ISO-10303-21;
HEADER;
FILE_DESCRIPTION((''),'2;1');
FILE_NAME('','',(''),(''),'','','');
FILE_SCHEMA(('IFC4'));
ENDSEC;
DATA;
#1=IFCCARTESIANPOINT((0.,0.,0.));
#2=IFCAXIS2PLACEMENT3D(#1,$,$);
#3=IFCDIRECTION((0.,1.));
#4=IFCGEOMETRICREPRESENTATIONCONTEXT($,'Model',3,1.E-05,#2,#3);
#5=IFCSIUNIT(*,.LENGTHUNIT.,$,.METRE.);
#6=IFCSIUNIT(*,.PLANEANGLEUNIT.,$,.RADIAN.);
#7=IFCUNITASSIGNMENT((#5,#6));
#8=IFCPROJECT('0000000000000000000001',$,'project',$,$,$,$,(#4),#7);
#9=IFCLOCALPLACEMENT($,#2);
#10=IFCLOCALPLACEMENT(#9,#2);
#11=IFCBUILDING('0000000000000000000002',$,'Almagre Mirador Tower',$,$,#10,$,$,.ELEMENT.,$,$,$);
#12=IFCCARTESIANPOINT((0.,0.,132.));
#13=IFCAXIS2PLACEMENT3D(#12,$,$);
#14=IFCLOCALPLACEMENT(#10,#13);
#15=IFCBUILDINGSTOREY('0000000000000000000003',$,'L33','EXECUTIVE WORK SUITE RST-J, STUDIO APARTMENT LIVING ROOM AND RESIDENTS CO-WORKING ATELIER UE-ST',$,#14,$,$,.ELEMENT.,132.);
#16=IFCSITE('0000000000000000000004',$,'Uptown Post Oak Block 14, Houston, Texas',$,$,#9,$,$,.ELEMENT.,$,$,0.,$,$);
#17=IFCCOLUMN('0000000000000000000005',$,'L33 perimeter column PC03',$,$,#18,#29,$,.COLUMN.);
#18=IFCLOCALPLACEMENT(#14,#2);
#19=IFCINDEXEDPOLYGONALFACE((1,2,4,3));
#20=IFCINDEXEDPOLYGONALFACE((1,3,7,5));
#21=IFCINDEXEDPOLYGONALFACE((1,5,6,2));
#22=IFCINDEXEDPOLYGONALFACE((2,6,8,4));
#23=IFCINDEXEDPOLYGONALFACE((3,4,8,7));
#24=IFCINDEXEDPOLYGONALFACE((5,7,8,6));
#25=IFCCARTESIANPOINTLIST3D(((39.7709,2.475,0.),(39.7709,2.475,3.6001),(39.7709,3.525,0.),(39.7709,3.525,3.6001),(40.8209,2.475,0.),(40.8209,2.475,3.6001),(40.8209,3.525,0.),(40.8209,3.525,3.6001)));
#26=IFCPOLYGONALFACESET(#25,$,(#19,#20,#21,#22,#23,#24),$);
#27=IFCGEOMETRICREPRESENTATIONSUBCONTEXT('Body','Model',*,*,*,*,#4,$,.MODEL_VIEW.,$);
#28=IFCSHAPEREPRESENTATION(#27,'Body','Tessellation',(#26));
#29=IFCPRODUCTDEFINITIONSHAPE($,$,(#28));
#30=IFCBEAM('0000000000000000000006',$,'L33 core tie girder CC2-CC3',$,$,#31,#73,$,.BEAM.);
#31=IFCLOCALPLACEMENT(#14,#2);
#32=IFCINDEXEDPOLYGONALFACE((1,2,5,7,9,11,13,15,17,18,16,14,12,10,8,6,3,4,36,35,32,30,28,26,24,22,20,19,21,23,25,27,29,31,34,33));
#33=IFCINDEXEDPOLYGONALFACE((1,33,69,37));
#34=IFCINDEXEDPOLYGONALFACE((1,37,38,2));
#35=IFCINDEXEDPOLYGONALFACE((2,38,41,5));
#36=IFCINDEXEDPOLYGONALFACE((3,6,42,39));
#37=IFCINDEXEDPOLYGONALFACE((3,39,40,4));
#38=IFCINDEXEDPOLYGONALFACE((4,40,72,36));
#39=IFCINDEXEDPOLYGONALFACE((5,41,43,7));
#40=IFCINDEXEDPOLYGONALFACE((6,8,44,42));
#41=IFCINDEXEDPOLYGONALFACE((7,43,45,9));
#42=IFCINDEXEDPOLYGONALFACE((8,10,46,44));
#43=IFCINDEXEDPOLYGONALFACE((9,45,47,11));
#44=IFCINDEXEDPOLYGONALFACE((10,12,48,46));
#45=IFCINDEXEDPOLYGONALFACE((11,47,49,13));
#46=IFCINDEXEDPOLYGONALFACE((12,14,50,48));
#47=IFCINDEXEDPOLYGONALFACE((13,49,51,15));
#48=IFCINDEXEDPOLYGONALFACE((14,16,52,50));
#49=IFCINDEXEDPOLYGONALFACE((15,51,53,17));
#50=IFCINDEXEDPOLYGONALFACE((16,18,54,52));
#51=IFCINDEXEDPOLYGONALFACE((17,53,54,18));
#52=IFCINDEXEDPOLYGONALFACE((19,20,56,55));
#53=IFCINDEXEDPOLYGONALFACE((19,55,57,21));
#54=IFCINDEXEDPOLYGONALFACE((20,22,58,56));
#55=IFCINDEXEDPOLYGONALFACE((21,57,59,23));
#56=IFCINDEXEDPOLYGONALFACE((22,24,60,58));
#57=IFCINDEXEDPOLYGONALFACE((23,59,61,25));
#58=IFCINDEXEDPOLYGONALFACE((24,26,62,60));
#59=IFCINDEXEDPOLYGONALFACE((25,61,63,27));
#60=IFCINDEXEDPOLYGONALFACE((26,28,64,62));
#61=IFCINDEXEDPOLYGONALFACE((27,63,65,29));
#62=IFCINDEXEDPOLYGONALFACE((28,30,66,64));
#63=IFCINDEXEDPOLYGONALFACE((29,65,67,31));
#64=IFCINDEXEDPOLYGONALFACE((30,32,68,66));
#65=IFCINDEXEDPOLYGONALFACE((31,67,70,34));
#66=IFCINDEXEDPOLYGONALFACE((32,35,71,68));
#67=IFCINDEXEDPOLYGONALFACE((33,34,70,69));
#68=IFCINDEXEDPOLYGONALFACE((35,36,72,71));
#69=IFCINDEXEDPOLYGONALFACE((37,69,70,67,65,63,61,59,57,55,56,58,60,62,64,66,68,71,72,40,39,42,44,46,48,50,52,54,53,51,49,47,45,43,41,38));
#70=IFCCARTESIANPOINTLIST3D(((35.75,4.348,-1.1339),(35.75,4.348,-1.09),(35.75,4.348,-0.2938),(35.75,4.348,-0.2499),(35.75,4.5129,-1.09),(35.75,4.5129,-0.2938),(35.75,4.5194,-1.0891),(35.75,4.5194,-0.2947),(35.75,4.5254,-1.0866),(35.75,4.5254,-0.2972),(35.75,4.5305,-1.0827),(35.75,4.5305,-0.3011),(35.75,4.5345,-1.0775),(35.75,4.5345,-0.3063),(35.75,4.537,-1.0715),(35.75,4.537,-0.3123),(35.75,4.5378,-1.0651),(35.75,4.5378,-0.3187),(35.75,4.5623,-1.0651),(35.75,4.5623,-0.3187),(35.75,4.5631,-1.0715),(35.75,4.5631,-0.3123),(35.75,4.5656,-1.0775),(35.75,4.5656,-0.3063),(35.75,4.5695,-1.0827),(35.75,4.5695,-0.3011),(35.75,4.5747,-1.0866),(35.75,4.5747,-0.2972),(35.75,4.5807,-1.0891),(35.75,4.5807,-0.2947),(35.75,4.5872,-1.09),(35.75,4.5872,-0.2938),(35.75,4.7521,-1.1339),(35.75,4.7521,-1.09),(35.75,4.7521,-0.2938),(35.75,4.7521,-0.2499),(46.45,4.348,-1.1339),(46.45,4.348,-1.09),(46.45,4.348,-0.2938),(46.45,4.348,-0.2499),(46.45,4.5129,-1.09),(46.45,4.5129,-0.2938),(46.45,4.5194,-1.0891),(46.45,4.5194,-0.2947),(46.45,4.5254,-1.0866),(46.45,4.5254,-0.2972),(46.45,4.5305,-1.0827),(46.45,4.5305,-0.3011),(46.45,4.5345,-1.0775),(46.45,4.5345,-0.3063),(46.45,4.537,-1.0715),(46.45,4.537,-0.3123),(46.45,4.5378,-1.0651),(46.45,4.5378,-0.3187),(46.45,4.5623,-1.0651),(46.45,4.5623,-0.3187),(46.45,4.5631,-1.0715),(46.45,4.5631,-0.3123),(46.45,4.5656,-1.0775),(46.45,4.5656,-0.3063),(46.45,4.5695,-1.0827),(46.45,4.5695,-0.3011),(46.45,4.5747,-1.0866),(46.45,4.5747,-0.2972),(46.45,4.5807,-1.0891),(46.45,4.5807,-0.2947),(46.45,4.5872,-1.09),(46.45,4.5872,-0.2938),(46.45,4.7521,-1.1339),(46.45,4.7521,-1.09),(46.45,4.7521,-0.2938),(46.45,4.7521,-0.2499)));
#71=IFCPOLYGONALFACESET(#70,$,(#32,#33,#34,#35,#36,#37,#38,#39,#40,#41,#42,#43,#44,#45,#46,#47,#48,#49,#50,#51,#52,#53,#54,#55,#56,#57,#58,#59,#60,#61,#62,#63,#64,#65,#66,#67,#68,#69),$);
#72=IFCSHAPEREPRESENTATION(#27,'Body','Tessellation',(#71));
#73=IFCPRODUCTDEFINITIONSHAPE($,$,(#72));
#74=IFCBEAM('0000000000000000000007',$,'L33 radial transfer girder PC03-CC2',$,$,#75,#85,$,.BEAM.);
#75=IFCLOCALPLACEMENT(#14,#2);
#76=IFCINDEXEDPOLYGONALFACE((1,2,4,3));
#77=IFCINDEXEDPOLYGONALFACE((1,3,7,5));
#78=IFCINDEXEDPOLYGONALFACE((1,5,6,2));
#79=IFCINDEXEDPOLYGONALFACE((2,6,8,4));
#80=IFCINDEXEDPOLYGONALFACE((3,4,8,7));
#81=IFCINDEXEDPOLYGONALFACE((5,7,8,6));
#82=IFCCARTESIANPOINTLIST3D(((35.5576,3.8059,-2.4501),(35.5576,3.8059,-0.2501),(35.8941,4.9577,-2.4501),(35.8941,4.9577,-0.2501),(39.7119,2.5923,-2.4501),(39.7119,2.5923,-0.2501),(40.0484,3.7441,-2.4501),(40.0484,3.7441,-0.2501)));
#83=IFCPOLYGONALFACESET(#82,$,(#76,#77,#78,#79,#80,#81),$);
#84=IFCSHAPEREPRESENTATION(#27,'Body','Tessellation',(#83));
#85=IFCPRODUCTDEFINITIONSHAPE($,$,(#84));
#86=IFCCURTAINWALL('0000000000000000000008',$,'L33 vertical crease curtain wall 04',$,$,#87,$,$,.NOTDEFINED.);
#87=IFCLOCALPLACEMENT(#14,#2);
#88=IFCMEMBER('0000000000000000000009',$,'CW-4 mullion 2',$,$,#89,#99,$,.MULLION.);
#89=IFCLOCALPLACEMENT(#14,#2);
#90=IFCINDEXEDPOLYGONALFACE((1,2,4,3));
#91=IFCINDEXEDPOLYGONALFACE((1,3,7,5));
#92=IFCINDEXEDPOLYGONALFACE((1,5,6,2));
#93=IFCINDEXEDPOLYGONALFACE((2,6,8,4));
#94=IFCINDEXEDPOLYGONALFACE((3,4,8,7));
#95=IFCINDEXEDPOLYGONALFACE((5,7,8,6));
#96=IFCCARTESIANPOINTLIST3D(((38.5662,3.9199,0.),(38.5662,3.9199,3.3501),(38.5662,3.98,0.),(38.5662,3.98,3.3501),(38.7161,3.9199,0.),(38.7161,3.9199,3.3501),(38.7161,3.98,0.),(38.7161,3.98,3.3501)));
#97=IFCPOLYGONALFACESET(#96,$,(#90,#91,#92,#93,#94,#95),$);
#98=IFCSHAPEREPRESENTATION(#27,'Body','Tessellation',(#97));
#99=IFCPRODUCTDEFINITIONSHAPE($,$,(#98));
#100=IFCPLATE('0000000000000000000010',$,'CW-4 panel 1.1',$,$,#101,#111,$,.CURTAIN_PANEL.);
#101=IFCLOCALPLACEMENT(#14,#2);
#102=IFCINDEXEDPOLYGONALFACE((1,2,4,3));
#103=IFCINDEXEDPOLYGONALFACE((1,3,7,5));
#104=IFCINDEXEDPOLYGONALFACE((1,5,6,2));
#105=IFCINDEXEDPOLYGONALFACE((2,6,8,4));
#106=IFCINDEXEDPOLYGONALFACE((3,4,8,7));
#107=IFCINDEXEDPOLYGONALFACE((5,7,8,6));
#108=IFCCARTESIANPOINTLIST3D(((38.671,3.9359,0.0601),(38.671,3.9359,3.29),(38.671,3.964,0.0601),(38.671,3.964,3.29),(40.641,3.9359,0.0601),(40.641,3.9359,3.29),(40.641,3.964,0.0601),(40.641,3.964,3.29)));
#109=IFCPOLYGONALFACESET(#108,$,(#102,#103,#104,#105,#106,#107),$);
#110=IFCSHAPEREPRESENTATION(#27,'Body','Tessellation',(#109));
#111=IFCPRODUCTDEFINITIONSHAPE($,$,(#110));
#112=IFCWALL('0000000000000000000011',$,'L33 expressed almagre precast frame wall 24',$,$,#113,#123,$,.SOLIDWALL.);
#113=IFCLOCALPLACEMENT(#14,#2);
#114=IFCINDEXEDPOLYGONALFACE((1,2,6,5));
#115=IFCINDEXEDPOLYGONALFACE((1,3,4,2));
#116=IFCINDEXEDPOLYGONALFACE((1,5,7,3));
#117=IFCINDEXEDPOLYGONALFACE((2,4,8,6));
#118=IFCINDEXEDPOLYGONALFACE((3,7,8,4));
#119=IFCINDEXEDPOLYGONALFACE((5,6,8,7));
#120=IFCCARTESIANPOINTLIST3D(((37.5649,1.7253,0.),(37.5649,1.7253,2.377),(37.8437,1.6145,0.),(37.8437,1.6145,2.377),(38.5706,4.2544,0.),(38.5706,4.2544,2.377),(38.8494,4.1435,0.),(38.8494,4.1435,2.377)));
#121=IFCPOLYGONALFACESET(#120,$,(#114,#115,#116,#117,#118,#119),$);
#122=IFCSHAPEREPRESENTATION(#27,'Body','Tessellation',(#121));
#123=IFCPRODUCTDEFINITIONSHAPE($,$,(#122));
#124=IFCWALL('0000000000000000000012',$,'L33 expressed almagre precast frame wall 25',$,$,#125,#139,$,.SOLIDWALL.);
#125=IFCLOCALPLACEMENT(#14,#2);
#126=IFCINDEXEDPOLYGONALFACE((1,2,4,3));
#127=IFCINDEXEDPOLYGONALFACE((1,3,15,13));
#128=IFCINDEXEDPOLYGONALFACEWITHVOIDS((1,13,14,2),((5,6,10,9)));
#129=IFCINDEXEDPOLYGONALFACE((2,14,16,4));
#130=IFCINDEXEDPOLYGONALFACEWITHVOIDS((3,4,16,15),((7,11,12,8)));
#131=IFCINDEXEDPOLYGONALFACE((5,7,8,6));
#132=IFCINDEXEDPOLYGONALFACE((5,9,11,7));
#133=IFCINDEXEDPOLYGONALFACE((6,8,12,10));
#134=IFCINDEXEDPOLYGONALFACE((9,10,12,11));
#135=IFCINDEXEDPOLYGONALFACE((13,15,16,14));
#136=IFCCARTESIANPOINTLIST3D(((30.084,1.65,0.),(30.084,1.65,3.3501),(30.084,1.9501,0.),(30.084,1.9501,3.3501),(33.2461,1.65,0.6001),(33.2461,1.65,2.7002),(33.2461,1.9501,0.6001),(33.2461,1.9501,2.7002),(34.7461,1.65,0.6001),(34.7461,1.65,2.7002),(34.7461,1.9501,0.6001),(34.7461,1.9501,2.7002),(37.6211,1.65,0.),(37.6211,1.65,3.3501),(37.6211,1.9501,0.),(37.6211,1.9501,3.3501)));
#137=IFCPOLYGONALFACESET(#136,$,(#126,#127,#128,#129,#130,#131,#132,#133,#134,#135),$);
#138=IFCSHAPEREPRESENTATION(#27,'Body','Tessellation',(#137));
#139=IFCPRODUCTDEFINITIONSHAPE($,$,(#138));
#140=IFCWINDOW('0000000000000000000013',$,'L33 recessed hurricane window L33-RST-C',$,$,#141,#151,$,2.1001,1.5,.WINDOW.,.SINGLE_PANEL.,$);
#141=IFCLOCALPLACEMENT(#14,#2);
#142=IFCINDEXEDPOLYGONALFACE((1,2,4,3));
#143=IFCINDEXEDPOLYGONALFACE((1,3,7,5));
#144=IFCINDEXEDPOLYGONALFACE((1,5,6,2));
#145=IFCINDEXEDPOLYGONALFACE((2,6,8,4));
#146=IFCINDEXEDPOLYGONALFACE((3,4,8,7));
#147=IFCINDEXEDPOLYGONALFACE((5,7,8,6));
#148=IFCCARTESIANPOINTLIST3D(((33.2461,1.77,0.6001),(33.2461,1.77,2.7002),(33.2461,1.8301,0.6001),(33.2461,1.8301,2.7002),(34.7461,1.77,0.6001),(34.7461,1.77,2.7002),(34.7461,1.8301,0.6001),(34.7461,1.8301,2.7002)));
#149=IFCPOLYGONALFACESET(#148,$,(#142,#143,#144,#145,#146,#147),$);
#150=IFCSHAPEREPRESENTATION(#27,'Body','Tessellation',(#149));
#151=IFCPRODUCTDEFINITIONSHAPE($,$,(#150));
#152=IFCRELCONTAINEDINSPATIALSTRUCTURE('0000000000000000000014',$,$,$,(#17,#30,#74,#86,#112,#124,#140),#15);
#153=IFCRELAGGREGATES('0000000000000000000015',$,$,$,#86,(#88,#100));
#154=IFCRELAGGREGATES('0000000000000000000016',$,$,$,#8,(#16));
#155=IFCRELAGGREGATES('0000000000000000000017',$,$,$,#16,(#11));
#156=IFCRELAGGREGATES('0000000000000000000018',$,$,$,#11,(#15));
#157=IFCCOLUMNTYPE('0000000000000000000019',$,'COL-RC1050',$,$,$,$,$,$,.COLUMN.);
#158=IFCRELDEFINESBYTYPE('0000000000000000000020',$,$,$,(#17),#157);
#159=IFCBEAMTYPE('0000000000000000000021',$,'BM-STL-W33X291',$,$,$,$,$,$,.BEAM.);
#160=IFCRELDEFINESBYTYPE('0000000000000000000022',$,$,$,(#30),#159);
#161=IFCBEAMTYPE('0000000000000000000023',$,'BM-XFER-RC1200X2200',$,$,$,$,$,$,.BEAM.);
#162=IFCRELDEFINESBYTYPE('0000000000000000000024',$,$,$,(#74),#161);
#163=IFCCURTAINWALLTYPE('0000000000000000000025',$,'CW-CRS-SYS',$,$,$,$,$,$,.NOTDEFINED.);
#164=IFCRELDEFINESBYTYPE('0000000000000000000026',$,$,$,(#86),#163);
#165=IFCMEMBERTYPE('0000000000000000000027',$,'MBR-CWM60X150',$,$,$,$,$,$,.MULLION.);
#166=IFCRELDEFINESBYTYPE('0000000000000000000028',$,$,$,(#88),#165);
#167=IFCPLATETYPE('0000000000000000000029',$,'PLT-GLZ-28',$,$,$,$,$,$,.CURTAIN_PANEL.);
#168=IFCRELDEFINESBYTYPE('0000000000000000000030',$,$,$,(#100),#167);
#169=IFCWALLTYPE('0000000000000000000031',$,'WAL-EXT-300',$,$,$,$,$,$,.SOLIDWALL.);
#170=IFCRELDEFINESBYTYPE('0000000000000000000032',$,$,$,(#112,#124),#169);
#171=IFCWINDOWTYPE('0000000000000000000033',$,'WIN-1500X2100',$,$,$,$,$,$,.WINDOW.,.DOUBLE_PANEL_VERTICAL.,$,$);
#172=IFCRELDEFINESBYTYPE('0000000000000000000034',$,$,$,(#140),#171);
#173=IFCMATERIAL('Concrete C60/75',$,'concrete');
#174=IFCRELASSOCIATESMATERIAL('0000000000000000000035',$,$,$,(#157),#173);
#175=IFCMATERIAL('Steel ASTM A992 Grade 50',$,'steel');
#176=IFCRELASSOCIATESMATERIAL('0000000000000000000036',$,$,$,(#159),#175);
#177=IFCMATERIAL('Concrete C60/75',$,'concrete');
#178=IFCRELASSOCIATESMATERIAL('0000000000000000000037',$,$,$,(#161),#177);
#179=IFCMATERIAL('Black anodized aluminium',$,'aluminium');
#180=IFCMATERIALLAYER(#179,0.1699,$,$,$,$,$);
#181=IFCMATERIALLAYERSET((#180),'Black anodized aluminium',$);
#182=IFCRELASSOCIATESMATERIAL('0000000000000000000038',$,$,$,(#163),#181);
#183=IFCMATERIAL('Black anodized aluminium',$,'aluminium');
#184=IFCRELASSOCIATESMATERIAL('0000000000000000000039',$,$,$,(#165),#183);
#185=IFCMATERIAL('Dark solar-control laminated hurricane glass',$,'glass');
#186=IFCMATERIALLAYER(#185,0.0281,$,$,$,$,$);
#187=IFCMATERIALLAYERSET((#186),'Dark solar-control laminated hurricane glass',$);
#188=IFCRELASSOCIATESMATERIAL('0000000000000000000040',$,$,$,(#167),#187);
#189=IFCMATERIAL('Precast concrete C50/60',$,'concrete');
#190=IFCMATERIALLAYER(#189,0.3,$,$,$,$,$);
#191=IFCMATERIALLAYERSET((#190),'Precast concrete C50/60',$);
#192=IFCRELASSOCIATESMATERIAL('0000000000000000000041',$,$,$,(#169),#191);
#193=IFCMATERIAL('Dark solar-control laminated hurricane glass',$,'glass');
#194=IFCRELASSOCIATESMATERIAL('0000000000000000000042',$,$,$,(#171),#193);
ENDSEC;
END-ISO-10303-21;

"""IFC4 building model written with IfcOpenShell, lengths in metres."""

from ifc_helpers import new_model, si_unit, direction, frame, frame_2d, origin, origin_2d, place, context, subcontext, project, spatial, rectangle, i_section, extrude, material, layer, layer_set, material_profile, profile_set, type_object, element, fill, aggregate, save


model = new_model("IFC4")

# Units and contexts
model_context = context("Model", 3, precision=1e-05, world=origin(), true_north=direction((0.0, 1.0)))
body_context = subcontext(model_context, "Body", "Model", "MODEL_VIEW")
ifc_project = project(units=[si_unit("LENGTHUNIT", "METRE"), si_unit("PLANEANGLEUNIT", "RADIAN")], contexts=[model_context])

# Site, building, storey
site_placement = place(None, origin())
site = spatial("IfcSite", under=ifc_project, at=site_placement, Name="Uptown Post Oak Block 14, Houston, Texas", CompositionType="ELEMENT", RefElevation=0.0)
building_placement = place(site_placement, origin())
building = spatial("IfcBuilding", under=site, at=building_placement, Name="Almagre Mirador Tower", CompositionType="ELEMENT")
storey_placement = place(building_placement, frame((0.0, 0.0, 132.0)))
storey = spatial("IfcBuildingStorey", under=building, at=storey_placement, Name="L33", Description="EXECUTIVE WORK SUITE RST-J, STUDIO APARTMENT LIVING ROOM AND RESIDENTS CO-WORKING ATELIER UE-ST", CompositionType="ELEMENT", Elevation=132.0)

# Column
ifc_material_1 = material(Name="Concrete C60/75", Category="concrete")
ifc_material_profile_1 = material_profile(ifc_material_1, rectangle(XDim=1.05, YDim=1.05, at=origin_2d()), Name="RC1050X1050")
ifc_profile_set_1 = profile_set([ifc_material_profile_1], Name="Concrete C60/75")
column_type = type_object("IfcColumnType", Name="COL-RC1050", PredefinedType="COLUMN", material=ifc_profile_set_1)
column_placement = place(storey_placement, frame((40.2959, 3.0, 0.0), z_axis=(0.0, 0.0, 1.0), x_axis=(1.0, 0.0, 0.0)))
element("IfcColumn", 1, at=column_placement, inside=storey, type_object=column_type, Name="L33 perimeter column PC03", PredefinedType="COLUMN", context=body_context, shape_type="SweptSolid", body=[
    extrude(rectangle(XDim=1.05, YDim=1.05, at=origin_2d()), origin(), (0.0, 0.0, 1.0), 3.6001),
])

# Beams
ifc_material_2 = material(Name="Steel ASTM A992 Grade 50", Category="steel")
ifc_material_profile_2 = material_profile(ifc_material_2, i_section(OverallWidth=0.4041, OverallDepth=0.884, WebThickness=0.0244, FlangeThickness=0.0439, FilletRadius=0.0249, at=origin_2d()), Name="W33X291")
ifc_profile_set_2 = profile_set([ifc_material_profile_2], Name="Steel ASTM A992 Grade 50")
beam_type_1 = type_object("IfcBeamType", Name="BM-STL-W33X291", PredefinedType="BEAM", material=ifc_profile_set_2)
beam_1_placement = place(storey_placement, frame((35.75, 4.55, -0.6919), z_axis=(1.0, 0.0, 0.0), x_axis=(0.0, 1.0, 0.0)))
element("IfcBeam", 2, at=beam_1_placement, inside=storey, type_object=beam_type_1, Name="L33 core tie girder CC2-CC3", PredefinedType="BEAM", context=body_context, shape_type="SweptSolid", body=[
    extrude(i_section(OverallWidth=0.4041, OverallDepth=0.884, WebThickness=0.0244, FlangeThickness=0.0439, FilletRadius=0.0249, at=origin_2d()), origin(), (0.0, 0.0, 1.0), 10.7),
])
ifc_material_3 = material(Name="Concrete C60/75", Category="concrete")
ifc_material_profile_3 = material_profile(ifc_material_3, rectangle(XDim=1.2, YDim=2.2, at=origin_2d()), Name="RC1200X2200")
ifc_profile_set_3 = profile_set([ifc_material_profile_3], Name="Concrete C60/75")
beam_type_2 = type_object("IfcBeamType", Name="BM-XFER-RC1200X2200", PredefinedType="BEAM", material=ifc_profile_set_3)
beam_2_placement = place(storey_placement, frame((39.8801, 3.1682, -1.3501), z_axis=(-0.959879, 0.280416, 0.0), x_axis=(-0.280416, -0.959879, 0.0)))
element("IfcBeam", 3, at=beam_2_placement, inside=storey, type_object=beam_type_2, Name="L33 radial transfer girder PC03-CC2", PredefinedType="BEAM", context=body_context, shape_type="SweptSolid", body=[
    extrude(rectangle(XDim=1.2, YDim=2.2, at=origin_2d()), origin(), (0.0, 0.0, 1.0), 4.3279),
])

# Curtain wall, member, plate
ifc_material_4 = material(Name="Black anodized aluminium", Category="aluminium")
ifc_layer_1 = layer(ifc_material_4, 0.1699)
ifc_layer_set_1 = layer_set([ifc_layer_1], Name="Black anodized aluminium")
curtain_wall_type = type_object("IfcCurtainWallType", Name="CW-CRS-SYS", PredefinedType="NOTDEFINED", material=ifc_layer_set_1)
curtain_wall_placement = place(storey_placement, origin())
curtain_wall = element("IfcCurtainWall", 4, at=curtain_wall_placement, inside=storey, type_object=curtain_wall_type, Name="L33 vertical crease curtain wall 04", PredefinedType="NOTDEFINED")
ifc_material_5 = material(Name="Black anodized aluminium", Category="aluminium")
ifc_material_profile_4 = material_profile(ifc_material_5, rectangle(XDim=0.0601, YDim=0.1499, at=origin_2d()), Name="CWM60X150")
ifc_profile_set_4 = profile_set([ifc_material_profile_4], Name="Black anodized aluminium")
member_type = type_object("IfcMemberType", Name="MBR-CWM60X150", PredefinedType="MULLION", material=ifc_profile_set_4)
member_placement = place(storey_placement, frame((38.6411, 3.95, 0.0), z_axis=(0.0, 0.0, 1.0), x_axis=(0.0, -1.0, 0.0)))
member = element("IfcMember", 5, at=member_placement, type_object=member_type, Name="CW-4 mullion 2", PredefinedType="MULLION", context=body_context, shape_type="SweptSolid", body=[
    extrude(rectangle(XDim=0.0601, YDim=0.1499, at=origin_2d()), origin(), (0.0, 0.0, 1.0), 3.3501),
])
ifc_material_6 = material(Name="Dark solar-control laminated hurricane glass", Category="glass")
ifc_layer_2 = layer(ifc_material_6, 0.0281)
ifc_layer_set_2 = layer_set([ifc_layer_2], Name="Dark solar-control laminated hurricane glass")
plate_type = type_object("IfcPlateType", Name="PLT-GLZ-28", PredefinedType="CURTAIN_PANEL", material=ifc_layer_set_2)
plate_placement = place(storey_placement, frame((39.656, 3.95, 0.0601), z_axis=(0.0, 0.0, 1.0), x_axis=(-1.0, 0.0, 0.0)))
plate = element("IfcPlate", 6, at=plate_placement, type_object=plate_type, Name="CW-4 panel 1.1", PredefinedType="CURTAIN_PANEL", context=body_context, shape_type="SweptSolid", body=[
    extrude(rectangle(XDim=1.97, YDim=0.0281, at=origin_2d()), origin(), (0.0, 0.0, 1.0), 3.23),
])
aggregate(curtain_wall, [member, plate])

# Wall
ifc_material_7 = material(Name="Precast concrete C50/60", Category="concrete")
ifc_layer_3 = layer(ifc_material_7, 0.3)
ifc_layer_set_3 = layer_set([ifc_layer_3], Name="Precast concrete C50/60")
wall_type_1 = type_object("IfcWallType", Name="WAL-EXT-300", PredefinedType="SOLIDWALL", material=ifc_layer_set_3)
wall_1_placement = place(storey_placement, frame((38.71, 4.199, 0.0), z_axis=(0.0, 0.0, 1.0), x_axis=(-0.369488, -0.929236, 0.0)))
element("IfcWall", 7, at=wall_1_placement, inside=storey, type_object=wall_type_1, Name="L33 expressed almagre precast frame wall 24", PredefinedType="SOLIDWALL", context=body_context, shape_type="SweptSolid", body=[
    extrude(rectangle(XDim=2.7217, YDim=0.3, at=frame_2d((1.3608, 0.0))), origin(), (0.0, 0.0, 1.0), 2.377),
])

# Wall, opening, window
wall_2_placement = place(storey_placement, frame((37.6211, 1.8, 0.0), z_axis=(0.0, 0.0, 1.0), x_axis=(-1.0, 0.0, 0.0)))
wall_2 = element("IfcWall", 8, at=wall_2_placement, inside=storey, type_object=wall_type_1, Name="L33 expressed almagre precast frame wall 25", PredefinedType="SOLIDWALL", context=body_context, shape_type="SweptSolid", body=[
    extrude(rectangle(XDim=7.5371, YDim=0.3, at=frame_2d((3.7686, 0.0))), origin(), (0.0, 0.0, 1.0), 3.3501),
])
opening_1_placement = place(wall_2_placement, frame((2.875, 0.0, 0.6001)))
opening_1 = element("IfcOpeningElement", 9, at=opening_1_placement, cuts=wall_2, PredefinedType="OPENING", context=body_context, shape_type="SweptSolid", body=[
    extrude(rectangle(XDim=1.5, YDim=2.1001, at=frame_2d((0.75, 1.05))), frame((0.0, 0.1599, 0.0), z_axis=(0.0, -1.0, 0.0), x_axis=(1.0, 0.0, 0.0)), (0.0, 0.0, 1.0), 0.32),
])
ifc_material_8 = material(Name="Dark solar-control laminated hurricane glass", Category="glass")
window_type = type_object("IfcWindowType", Name="WIN-1500X2100", PartitioningType="DOUBLE_PANEL_VERTICAL", PredefinedType="WINDOW", material=ifc_material_8)
window_placement = place(opening_1_placement, origin())
window = element("IfcWindow", 10, at=window_placement, inside=storey, type_object=window_type, Name="L33 recessed hurricane window L33-RST-C", OverallHeight=2.1001, OverallWidth=1.5, PartitioningType="SINGLE_PANEL", PredefinedType="WINDOW", context=body_context, shape_type="SweptSolid", body=[
    extrude(rectangle(XDim=1.5, YDim=2.1001, at=frame_2d((0.75, 1.05))), frame((0.0, 0.03, 0.0), z_axis=(0.0, -1.0, 0.0), x_axis=(1.0, 0.0, 0.0)), (0.0, 0.0, 1.0), 0.0601),
])
fill(opening_1, window)

save(model, "model.ifc")
